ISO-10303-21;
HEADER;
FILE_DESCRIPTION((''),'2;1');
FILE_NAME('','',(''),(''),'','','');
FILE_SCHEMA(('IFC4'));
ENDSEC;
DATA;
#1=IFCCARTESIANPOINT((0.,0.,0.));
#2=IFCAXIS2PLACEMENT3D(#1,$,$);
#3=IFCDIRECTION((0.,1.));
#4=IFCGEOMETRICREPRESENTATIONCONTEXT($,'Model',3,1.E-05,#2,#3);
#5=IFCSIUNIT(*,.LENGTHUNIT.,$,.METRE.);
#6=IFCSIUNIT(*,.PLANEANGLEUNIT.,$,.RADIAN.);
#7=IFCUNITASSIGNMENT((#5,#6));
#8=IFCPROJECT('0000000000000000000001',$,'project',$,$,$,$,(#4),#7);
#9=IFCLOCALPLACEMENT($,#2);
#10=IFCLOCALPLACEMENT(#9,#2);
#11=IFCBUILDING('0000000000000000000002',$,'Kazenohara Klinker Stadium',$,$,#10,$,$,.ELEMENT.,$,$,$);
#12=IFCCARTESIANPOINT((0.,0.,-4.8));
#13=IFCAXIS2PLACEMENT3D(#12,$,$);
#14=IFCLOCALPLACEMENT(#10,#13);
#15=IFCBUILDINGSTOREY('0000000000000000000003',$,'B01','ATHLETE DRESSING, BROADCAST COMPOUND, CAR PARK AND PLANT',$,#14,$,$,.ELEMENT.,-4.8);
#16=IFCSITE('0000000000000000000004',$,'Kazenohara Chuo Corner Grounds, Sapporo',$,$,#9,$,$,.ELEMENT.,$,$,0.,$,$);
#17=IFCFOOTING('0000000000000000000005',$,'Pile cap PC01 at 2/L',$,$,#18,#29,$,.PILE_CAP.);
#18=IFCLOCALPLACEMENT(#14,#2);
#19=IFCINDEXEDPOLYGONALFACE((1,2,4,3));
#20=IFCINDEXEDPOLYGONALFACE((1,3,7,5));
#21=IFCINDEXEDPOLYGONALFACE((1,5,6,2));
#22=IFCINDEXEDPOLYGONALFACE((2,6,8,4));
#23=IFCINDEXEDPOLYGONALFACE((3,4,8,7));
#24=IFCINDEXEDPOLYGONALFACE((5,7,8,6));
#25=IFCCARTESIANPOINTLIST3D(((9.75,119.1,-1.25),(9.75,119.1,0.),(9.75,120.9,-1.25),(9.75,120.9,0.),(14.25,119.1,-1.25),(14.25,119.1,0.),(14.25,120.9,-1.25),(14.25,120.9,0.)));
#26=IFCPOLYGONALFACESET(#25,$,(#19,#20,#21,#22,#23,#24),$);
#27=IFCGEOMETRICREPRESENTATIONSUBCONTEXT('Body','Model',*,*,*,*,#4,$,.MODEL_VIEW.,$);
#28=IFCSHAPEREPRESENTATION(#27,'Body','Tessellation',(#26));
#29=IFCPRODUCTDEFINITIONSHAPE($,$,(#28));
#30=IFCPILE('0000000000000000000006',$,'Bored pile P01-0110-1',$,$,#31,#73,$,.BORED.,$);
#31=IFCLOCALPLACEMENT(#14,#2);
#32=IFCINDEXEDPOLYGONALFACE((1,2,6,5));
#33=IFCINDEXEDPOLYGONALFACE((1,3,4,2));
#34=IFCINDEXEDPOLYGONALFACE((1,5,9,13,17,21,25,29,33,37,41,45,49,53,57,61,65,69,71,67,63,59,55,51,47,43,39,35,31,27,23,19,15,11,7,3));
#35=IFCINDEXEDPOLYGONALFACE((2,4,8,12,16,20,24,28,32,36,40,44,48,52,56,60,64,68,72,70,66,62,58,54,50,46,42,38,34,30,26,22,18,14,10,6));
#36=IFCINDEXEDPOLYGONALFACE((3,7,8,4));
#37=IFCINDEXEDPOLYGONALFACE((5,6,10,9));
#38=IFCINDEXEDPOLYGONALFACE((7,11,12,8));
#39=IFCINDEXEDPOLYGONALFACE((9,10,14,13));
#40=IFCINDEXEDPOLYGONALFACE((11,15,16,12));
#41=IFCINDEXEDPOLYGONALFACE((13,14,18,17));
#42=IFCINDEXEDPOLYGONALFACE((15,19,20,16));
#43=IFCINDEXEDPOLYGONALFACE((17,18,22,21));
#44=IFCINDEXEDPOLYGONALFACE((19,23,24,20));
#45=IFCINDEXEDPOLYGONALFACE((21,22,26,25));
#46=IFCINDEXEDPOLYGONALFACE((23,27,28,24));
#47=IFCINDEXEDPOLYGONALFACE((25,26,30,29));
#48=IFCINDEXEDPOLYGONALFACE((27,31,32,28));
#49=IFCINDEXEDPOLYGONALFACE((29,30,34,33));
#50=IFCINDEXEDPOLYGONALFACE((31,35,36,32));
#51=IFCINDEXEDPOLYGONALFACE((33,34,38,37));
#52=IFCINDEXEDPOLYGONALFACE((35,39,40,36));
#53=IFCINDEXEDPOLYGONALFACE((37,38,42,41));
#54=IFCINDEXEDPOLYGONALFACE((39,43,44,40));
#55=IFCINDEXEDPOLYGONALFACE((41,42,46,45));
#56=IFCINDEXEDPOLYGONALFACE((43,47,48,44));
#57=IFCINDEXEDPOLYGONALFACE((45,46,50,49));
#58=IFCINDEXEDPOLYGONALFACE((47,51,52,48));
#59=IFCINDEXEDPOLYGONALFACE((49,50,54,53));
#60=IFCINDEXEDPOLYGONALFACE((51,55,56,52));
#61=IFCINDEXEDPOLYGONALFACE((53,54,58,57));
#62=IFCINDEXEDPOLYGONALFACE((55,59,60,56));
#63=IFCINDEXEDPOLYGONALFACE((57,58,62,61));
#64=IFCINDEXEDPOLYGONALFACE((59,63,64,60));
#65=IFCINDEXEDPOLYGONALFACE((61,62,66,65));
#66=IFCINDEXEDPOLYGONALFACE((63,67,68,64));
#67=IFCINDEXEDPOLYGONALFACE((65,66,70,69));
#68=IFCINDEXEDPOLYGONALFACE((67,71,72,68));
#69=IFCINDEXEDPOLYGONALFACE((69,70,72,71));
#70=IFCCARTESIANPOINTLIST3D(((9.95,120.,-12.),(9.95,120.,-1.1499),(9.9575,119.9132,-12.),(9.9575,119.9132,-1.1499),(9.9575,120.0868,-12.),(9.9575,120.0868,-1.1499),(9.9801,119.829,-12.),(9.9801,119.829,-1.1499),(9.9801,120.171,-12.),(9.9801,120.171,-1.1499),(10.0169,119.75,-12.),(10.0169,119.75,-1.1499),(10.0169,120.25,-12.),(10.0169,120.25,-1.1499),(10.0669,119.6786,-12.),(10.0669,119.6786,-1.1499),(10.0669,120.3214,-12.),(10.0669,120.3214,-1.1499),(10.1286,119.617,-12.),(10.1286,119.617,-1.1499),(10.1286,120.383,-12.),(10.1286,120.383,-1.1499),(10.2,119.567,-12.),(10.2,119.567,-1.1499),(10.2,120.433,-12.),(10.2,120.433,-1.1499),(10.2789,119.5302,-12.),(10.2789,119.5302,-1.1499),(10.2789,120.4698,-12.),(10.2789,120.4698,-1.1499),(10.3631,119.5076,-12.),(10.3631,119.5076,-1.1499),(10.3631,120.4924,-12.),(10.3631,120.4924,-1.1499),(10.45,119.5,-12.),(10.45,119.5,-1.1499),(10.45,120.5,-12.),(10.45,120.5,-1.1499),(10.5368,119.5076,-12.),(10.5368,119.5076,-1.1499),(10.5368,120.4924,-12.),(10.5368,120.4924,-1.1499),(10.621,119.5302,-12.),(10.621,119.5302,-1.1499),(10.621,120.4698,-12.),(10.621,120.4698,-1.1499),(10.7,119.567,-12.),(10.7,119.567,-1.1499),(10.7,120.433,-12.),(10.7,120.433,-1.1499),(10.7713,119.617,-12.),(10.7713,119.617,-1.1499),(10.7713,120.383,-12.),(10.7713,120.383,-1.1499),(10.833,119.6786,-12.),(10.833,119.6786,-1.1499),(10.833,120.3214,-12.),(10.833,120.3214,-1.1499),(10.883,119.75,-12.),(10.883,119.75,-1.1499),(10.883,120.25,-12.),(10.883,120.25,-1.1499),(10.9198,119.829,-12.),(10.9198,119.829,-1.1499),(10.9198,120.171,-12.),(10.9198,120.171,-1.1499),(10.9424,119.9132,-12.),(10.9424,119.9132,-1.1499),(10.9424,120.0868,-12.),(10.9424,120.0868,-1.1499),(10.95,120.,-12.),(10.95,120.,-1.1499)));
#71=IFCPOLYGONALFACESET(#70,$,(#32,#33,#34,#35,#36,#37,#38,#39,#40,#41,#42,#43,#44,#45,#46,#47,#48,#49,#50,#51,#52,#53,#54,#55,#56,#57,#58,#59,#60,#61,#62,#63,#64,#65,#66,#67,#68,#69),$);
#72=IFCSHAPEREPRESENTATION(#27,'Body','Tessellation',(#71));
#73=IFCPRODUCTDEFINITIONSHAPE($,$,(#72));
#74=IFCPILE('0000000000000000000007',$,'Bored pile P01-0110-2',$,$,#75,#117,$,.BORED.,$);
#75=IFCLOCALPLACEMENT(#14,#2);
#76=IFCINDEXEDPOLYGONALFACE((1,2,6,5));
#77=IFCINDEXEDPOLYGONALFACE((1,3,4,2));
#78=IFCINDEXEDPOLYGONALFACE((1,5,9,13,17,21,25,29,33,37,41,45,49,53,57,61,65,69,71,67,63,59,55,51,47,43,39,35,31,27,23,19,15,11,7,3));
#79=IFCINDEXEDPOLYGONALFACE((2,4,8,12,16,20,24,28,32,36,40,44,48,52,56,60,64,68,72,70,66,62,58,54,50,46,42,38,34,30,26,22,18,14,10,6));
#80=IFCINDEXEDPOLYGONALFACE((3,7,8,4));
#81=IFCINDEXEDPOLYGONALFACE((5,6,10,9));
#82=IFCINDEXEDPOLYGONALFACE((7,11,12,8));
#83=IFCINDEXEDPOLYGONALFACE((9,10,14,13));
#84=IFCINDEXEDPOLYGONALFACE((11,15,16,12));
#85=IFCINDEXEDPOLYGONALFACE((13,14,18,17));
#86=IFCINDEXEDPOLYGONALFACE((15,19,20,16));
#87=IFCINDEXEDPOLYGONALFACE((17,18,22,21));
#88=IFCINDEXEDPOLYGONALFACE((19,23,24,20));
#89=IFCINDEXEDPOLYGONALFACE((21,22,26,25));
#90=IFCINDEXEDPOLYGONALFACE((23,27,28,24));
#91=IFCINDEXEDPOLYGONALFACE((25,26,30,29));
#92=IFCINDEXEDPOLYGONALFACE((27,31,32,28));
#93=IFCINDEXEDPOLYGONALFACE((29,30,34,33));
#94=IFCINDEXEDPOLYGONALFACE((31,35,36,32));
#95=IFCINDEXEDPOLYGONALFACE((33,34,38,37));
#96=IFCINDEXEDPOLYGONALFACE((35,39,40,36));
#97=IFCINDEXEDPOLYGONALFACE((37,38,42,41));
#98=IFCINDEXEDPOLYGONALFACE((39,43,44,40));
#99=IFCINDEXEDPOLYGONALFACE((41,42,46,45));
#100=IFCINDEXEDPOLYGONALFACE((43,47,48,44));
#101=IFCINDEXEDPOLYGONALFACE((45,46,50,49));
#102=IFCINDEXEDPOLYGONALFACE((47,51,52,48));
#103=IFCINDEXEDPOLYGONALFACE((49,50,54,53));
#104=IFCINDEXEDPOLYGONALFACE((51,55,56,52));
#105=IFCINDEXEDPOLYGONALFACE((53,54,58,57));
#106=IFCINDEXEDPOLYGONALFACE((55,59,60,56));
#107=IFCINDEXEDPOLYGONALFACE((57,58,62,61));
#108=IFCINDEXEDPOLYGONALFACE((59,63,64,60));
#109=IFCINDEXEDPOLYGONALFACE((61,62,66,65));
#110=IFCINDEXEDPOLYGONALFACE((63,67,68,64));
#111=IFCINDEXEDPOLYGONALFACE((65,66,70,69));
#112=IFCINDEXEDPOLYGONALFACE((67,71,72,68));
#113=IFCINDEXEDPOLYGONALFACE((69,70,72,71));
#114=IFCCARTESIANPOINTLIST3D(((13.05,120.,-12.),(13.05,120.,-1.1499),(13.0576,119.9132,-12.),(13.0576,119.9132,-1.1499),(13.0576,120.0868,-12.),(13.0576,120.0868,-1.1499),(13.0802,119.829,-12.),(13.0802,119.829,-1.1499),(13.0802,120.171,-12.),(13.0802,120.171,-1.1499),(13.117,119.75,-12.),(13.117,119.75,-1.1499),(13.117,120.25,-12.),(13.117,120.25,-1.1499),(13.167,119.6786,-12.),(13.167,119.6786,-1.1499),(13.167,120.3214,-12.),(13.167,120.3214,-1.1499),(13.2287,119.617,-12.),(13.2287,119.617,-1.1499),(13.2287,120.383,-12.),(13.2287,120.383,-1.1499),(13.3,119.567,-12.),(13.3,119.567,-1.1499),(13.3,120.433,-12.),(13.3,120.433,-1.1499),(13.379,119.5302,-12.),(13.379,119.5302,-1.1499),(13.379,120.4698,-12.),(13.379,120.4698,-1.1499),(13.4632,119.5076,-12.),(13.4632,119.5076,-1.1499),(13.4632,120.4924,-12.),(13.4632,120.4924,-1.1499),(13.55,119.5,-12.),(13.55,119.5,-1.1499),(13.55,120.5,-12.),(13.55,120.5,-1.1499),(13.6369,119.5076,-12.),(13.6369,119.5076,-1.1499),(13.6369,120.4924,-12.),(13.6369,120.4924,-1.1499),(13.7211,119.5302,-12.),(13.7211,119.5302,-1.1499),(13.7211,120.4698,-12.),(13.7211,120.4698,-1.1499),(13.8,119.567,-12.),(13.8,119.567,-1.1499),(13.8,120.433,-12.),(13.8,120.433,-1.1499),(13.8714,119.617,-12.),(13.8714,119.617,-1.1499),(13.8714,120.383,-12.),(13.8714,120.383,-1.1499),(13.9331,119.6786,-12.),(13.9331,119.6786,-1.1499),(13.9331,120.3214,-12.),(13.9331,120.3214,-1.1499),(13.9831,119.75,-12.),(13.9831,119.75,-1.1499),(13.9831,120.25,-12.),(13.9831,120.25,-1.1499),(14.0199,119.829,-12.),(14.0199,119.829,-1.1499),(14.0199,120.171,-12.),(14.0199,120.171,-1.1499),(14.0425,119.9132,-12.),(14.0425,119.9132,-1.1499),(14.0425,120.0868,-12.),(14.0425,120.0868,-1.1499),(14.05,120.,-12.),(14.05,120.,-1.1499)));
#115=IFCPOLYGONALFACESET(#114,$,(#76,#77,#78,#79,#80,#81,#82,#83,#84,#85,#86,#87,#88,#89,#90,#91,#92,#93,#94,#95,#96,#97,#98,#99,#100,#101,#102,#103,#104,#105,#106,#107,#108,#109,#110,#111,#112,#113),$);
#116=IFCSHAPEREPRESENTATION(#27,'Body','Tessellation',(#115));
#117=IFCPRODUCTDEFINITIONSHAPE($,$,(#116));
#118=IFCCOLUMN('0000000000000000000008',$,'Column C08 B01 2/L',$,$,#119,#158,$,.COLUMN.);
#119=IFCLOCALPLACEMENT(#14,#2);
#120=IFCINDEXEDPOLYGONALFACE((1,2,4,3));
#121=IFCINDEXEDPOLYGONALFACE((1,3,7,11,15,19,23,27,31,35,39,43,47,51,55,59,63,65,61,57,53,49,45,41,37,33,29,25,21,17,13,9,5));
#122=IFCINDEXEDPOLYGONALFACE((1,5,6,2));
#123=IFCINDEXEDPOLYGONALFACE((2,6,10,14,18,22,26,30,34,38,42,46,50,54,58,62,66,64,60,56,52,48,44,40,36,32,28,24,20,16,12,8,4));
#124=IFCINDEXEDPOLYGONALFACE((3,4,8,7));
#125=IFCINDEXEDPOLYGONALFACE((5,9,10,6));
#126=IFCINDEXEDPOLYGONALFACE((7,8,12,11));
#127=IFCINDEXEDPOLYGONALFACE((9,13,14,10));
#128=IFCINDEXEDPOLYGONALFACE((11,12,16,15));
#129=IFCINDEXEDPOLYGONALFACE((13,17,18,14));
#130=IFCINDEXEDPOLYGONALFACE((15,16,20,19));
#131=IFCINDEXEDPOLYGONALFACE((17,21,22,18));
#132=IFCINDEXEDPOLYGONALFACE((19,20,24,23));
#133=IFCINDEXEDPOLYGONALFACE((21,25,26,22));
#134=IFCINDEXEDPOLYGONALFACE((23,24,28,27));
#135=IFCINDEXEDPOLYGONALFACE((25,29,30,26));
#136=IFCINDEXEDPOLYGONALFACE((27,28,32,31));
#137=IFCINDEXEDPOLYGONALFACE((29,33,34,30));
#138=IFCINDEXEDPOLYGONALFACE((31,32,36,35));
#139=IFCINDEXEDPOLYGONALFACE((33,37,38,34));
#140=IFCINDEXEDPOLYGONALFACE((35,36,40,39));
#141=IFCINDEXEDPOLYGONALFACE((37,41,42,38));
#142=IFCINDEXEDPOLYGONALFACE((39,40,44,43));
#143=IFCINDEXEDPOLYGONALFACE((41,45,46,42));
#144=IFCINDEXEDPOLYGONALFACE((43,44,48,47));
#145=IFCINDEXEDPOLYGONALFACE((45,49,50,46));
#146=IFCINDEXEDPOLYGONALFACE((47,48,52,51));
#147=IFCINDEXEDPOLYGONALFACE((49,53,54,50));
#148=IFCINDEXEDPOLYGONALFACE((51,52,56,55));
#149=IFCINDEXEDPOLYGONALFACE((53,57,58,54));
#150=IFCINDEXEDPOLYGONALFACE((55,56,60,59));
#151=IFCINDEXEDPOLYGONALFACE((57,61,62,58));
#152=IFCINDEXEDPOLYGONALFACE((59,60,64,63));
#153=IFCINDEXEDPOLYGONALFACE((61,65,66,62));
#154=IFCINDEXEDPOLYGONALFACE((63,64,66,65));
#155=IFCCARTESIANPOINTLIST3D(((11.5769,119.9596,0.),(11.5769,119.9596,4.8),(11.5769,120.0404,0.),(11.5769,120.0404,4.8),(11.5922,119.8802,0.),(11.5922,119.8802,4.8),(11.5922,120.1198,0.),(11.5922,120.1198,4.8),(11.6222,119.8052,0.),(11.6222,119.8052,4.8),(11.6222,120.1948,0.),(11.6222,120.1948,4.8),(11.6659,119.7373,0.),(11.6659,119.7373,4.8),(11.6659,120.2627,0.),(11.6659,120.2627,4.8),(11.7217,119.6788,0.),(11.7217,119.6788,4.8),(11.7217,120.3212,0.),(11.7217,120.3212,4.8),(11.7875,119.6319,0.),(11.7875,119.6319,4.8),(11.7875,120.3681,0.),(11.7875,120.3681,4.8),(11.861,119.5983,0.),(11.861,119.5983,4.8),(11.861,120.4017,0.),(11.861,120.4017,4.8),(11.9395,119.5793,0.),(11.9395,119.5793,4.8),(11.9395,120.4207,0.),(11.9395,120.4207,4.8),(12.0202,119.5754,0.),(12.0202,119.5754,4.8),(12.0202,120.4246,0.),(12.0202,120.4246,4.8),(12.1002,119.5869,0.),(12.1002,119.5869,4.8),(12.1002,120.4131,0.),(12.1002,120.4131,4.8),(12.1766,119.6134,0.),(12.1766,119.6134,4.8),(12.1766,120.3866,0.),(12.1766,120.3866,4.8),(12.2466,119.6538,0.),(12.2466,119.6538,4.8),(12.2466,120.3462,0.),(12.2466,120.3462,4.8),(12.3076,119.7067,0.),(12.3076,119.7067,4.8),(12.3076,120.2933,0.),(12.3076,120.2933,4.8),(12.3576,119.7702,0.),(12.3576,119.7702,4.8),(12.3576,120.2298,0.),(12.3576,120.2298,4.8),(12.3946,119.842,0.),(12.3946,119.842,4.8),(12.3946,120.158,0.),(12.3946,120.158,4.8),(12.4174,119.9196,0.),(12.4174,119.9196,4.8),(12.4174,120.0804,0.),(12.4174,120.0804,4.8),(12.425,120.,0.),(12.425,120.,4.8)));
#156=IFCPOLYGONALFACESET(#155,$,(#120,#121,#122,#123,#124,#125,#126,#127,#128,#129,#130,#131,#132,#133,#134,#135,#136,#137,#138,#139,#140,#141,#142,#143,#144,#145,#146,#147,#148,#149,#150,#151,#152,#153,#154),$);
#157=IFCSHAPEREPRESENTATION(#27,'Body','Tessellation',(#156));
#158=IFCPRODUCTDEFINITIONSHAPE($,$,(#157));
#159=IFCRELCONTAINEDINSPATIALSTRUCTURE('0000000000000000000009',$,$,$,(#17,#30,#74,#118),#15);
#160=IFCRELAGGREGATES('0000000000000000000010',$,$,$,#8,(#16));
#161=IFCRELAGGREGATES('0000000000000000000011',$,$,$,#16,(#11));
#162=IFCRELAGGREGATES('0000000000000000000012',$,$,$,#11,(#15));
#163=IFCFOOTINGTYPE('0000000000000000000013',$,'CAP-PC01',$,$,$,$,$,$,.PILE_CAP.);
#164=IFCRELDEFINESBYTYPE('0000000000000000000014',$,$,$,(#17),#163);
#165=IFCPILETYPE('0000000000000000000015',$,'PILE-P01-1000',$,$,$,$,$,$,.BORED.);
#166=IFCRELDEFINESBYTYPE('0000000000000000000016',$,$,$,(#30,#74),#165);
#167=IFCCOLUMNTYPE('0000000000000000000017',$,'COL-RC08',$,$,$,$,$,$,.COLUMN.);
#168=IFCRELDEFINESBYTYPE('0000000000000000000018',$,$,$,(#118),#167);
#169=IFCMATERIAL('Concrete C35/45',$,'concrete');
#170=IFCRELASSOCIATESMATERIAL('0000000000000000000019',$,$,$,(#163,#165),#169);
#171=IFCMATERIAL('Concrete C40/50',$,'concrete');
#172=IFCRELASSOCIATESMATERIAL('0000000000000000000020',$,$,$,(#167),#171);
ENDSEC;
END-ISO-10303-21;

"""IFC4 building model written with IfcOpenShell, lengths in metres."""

from ifc_helpers import new_model, si_unit, direction, frame, origin, origin_2d, place, context, subcontext, project, spatial, rectangle, circle, extrude, material, material_profile, profile_set, type_object, element, save


model = new_model("IFC4")

# Units and contexts
model_context = context("Model", 3, precision=1e-05, world=origin(), true_north=direction((0.0, 1.0)))
body_context = subcontext(model_context, "Body", "Model", "MODEL_VIEW")
ifc_project = project(units=[si_unit("LENGTHUNIT", "METRE"), si_unit("PLANEANGLEUNIT", "RADIAN")], contexts=[model_context])

# Site, building, storey
site_placement = place(None, origin())
site = spatial("IfcSite", under=ifc_project, at=site_placement, Name="Kazenohara Chuo Corner Grounds, Sapporo", CompositionType="ELEMENT", RefElevation=0.0)
building_placement = place(site_placement, origin())
building = spatial("IfcBuilding", under=site, at=building_placement, Name="Kazenohara Klinker Stadium", CompositionType="ELEMENT")
storey_placement = place(building_placement, frame((0.0, 0.0, -4.8)))
storey = spatial("IfcBuildingStorey", under=building, at=storey_placement, Name="B01", Description="ATHLETE DRESSING, BROADCAST COMPOUND, CAR PARK AND PLANT", CompositionType="ELEMENT", Elevation=-4.8)

# Footing
ifc_material_1 = material(Name="Concrete C35/45", Category="concrete")
footing_type = type_object("IfcFootingType", Name="CAP-PC01", PredefinedType="PILE_CAP", material=ifc_material_1)
footing_placement = place(storey_placement, frame((12.0, 120.0, -1.25), z_axis=(0.0, 0.0, 1.0), x_axis=(1.0, 0.0, 0.0)))
element("IfcFooting", 1, at=footing_placement, inside=storey, type_object=footing_type, Name="Pile cap PC01 at 2/L", PredefinedType="PILE_CAP", context=body_context, shape_type="SweptSolid", body=[
    extrude(rectangle(XDim=4.5, YDim=1.8, at=origin_2d()), origin(), (0.0, 0.0, 1.0), 1.25),
])

# Piles
ifc_material_profile_1 = material_profile(ifc_material_1, circle(Radius=0.5, at=origin_2d()), Name="BORED-PILE-1000")
ifc_profile_set_1 = profile_set([ifc_material_profile_1], Name="Concrete C35/45")
pile_type = type_object("IfcPileType", Name="PILE-P01-1000", PredefinedType="BORED", material=ifc_profile_set_1)
for number, where, z_axis, x_axis, name in (
    (2, (10.45, 120.0, -1.1499), (0.0, 0.0, -1.0), (1.0, 0.0, 0.0), "Bored pile P01-0110-1"),
    (3, (13.55, 120.0, -1.1499), (0.0, 0.0, -1.0), (1.0, 0.0, 0.0), "Bored pile P01-0110-2"),
):
    element("IfcPile", number, at=place(storey_placement, frame(where, z_axis=z_axis, x_axis=x_axis)), inside=storey, type_object=pile_type, Name=name, PredefinedType="BORED", context=body_context, shape_type="SweptSolid", body=[
        extrude(circle(Radius=0.5, at=origin_2d()), origin(), (0.0, 0.0, 1.0), 10.8501),
    ])

# Column
ifc_material_2 = material(Name="Concrete C40/50", Category="concrete")
ifc_material_profile_2 = material_profile(ifc_material_2, circle(Radius=0.425, at=origin_2d()), Name="RC-COL-D850")
ifc_profile_set_2 = profile_set([ifc_material_profile_2], Name="Concrete C40/50")
column_type = type_object("IfcColumnType", Name="COL-RC08", PredefinedType="COLUMN", material=ifc_profile_set_2)
column_placement = place(storey_placement, frame((12.0, 120.0, 0.0), z_axis=(0.0, 0.0, 1.0), x_axis=(1.0, 0.0, 0.0)))
element("IfcColumn", 4, at=column_placement, inside=storey, type_object=column_type, Name="Column C08 B01 2/L", PredefinedType="COLUMN", context=body_context, shape_type="SweptSolid", body=[
    extrude(circle(Radius=0.425, at=origin_2d()), origin(), (0.0, 0.0, 1.0), 4.8),
])

save(model, "model.ifc")
